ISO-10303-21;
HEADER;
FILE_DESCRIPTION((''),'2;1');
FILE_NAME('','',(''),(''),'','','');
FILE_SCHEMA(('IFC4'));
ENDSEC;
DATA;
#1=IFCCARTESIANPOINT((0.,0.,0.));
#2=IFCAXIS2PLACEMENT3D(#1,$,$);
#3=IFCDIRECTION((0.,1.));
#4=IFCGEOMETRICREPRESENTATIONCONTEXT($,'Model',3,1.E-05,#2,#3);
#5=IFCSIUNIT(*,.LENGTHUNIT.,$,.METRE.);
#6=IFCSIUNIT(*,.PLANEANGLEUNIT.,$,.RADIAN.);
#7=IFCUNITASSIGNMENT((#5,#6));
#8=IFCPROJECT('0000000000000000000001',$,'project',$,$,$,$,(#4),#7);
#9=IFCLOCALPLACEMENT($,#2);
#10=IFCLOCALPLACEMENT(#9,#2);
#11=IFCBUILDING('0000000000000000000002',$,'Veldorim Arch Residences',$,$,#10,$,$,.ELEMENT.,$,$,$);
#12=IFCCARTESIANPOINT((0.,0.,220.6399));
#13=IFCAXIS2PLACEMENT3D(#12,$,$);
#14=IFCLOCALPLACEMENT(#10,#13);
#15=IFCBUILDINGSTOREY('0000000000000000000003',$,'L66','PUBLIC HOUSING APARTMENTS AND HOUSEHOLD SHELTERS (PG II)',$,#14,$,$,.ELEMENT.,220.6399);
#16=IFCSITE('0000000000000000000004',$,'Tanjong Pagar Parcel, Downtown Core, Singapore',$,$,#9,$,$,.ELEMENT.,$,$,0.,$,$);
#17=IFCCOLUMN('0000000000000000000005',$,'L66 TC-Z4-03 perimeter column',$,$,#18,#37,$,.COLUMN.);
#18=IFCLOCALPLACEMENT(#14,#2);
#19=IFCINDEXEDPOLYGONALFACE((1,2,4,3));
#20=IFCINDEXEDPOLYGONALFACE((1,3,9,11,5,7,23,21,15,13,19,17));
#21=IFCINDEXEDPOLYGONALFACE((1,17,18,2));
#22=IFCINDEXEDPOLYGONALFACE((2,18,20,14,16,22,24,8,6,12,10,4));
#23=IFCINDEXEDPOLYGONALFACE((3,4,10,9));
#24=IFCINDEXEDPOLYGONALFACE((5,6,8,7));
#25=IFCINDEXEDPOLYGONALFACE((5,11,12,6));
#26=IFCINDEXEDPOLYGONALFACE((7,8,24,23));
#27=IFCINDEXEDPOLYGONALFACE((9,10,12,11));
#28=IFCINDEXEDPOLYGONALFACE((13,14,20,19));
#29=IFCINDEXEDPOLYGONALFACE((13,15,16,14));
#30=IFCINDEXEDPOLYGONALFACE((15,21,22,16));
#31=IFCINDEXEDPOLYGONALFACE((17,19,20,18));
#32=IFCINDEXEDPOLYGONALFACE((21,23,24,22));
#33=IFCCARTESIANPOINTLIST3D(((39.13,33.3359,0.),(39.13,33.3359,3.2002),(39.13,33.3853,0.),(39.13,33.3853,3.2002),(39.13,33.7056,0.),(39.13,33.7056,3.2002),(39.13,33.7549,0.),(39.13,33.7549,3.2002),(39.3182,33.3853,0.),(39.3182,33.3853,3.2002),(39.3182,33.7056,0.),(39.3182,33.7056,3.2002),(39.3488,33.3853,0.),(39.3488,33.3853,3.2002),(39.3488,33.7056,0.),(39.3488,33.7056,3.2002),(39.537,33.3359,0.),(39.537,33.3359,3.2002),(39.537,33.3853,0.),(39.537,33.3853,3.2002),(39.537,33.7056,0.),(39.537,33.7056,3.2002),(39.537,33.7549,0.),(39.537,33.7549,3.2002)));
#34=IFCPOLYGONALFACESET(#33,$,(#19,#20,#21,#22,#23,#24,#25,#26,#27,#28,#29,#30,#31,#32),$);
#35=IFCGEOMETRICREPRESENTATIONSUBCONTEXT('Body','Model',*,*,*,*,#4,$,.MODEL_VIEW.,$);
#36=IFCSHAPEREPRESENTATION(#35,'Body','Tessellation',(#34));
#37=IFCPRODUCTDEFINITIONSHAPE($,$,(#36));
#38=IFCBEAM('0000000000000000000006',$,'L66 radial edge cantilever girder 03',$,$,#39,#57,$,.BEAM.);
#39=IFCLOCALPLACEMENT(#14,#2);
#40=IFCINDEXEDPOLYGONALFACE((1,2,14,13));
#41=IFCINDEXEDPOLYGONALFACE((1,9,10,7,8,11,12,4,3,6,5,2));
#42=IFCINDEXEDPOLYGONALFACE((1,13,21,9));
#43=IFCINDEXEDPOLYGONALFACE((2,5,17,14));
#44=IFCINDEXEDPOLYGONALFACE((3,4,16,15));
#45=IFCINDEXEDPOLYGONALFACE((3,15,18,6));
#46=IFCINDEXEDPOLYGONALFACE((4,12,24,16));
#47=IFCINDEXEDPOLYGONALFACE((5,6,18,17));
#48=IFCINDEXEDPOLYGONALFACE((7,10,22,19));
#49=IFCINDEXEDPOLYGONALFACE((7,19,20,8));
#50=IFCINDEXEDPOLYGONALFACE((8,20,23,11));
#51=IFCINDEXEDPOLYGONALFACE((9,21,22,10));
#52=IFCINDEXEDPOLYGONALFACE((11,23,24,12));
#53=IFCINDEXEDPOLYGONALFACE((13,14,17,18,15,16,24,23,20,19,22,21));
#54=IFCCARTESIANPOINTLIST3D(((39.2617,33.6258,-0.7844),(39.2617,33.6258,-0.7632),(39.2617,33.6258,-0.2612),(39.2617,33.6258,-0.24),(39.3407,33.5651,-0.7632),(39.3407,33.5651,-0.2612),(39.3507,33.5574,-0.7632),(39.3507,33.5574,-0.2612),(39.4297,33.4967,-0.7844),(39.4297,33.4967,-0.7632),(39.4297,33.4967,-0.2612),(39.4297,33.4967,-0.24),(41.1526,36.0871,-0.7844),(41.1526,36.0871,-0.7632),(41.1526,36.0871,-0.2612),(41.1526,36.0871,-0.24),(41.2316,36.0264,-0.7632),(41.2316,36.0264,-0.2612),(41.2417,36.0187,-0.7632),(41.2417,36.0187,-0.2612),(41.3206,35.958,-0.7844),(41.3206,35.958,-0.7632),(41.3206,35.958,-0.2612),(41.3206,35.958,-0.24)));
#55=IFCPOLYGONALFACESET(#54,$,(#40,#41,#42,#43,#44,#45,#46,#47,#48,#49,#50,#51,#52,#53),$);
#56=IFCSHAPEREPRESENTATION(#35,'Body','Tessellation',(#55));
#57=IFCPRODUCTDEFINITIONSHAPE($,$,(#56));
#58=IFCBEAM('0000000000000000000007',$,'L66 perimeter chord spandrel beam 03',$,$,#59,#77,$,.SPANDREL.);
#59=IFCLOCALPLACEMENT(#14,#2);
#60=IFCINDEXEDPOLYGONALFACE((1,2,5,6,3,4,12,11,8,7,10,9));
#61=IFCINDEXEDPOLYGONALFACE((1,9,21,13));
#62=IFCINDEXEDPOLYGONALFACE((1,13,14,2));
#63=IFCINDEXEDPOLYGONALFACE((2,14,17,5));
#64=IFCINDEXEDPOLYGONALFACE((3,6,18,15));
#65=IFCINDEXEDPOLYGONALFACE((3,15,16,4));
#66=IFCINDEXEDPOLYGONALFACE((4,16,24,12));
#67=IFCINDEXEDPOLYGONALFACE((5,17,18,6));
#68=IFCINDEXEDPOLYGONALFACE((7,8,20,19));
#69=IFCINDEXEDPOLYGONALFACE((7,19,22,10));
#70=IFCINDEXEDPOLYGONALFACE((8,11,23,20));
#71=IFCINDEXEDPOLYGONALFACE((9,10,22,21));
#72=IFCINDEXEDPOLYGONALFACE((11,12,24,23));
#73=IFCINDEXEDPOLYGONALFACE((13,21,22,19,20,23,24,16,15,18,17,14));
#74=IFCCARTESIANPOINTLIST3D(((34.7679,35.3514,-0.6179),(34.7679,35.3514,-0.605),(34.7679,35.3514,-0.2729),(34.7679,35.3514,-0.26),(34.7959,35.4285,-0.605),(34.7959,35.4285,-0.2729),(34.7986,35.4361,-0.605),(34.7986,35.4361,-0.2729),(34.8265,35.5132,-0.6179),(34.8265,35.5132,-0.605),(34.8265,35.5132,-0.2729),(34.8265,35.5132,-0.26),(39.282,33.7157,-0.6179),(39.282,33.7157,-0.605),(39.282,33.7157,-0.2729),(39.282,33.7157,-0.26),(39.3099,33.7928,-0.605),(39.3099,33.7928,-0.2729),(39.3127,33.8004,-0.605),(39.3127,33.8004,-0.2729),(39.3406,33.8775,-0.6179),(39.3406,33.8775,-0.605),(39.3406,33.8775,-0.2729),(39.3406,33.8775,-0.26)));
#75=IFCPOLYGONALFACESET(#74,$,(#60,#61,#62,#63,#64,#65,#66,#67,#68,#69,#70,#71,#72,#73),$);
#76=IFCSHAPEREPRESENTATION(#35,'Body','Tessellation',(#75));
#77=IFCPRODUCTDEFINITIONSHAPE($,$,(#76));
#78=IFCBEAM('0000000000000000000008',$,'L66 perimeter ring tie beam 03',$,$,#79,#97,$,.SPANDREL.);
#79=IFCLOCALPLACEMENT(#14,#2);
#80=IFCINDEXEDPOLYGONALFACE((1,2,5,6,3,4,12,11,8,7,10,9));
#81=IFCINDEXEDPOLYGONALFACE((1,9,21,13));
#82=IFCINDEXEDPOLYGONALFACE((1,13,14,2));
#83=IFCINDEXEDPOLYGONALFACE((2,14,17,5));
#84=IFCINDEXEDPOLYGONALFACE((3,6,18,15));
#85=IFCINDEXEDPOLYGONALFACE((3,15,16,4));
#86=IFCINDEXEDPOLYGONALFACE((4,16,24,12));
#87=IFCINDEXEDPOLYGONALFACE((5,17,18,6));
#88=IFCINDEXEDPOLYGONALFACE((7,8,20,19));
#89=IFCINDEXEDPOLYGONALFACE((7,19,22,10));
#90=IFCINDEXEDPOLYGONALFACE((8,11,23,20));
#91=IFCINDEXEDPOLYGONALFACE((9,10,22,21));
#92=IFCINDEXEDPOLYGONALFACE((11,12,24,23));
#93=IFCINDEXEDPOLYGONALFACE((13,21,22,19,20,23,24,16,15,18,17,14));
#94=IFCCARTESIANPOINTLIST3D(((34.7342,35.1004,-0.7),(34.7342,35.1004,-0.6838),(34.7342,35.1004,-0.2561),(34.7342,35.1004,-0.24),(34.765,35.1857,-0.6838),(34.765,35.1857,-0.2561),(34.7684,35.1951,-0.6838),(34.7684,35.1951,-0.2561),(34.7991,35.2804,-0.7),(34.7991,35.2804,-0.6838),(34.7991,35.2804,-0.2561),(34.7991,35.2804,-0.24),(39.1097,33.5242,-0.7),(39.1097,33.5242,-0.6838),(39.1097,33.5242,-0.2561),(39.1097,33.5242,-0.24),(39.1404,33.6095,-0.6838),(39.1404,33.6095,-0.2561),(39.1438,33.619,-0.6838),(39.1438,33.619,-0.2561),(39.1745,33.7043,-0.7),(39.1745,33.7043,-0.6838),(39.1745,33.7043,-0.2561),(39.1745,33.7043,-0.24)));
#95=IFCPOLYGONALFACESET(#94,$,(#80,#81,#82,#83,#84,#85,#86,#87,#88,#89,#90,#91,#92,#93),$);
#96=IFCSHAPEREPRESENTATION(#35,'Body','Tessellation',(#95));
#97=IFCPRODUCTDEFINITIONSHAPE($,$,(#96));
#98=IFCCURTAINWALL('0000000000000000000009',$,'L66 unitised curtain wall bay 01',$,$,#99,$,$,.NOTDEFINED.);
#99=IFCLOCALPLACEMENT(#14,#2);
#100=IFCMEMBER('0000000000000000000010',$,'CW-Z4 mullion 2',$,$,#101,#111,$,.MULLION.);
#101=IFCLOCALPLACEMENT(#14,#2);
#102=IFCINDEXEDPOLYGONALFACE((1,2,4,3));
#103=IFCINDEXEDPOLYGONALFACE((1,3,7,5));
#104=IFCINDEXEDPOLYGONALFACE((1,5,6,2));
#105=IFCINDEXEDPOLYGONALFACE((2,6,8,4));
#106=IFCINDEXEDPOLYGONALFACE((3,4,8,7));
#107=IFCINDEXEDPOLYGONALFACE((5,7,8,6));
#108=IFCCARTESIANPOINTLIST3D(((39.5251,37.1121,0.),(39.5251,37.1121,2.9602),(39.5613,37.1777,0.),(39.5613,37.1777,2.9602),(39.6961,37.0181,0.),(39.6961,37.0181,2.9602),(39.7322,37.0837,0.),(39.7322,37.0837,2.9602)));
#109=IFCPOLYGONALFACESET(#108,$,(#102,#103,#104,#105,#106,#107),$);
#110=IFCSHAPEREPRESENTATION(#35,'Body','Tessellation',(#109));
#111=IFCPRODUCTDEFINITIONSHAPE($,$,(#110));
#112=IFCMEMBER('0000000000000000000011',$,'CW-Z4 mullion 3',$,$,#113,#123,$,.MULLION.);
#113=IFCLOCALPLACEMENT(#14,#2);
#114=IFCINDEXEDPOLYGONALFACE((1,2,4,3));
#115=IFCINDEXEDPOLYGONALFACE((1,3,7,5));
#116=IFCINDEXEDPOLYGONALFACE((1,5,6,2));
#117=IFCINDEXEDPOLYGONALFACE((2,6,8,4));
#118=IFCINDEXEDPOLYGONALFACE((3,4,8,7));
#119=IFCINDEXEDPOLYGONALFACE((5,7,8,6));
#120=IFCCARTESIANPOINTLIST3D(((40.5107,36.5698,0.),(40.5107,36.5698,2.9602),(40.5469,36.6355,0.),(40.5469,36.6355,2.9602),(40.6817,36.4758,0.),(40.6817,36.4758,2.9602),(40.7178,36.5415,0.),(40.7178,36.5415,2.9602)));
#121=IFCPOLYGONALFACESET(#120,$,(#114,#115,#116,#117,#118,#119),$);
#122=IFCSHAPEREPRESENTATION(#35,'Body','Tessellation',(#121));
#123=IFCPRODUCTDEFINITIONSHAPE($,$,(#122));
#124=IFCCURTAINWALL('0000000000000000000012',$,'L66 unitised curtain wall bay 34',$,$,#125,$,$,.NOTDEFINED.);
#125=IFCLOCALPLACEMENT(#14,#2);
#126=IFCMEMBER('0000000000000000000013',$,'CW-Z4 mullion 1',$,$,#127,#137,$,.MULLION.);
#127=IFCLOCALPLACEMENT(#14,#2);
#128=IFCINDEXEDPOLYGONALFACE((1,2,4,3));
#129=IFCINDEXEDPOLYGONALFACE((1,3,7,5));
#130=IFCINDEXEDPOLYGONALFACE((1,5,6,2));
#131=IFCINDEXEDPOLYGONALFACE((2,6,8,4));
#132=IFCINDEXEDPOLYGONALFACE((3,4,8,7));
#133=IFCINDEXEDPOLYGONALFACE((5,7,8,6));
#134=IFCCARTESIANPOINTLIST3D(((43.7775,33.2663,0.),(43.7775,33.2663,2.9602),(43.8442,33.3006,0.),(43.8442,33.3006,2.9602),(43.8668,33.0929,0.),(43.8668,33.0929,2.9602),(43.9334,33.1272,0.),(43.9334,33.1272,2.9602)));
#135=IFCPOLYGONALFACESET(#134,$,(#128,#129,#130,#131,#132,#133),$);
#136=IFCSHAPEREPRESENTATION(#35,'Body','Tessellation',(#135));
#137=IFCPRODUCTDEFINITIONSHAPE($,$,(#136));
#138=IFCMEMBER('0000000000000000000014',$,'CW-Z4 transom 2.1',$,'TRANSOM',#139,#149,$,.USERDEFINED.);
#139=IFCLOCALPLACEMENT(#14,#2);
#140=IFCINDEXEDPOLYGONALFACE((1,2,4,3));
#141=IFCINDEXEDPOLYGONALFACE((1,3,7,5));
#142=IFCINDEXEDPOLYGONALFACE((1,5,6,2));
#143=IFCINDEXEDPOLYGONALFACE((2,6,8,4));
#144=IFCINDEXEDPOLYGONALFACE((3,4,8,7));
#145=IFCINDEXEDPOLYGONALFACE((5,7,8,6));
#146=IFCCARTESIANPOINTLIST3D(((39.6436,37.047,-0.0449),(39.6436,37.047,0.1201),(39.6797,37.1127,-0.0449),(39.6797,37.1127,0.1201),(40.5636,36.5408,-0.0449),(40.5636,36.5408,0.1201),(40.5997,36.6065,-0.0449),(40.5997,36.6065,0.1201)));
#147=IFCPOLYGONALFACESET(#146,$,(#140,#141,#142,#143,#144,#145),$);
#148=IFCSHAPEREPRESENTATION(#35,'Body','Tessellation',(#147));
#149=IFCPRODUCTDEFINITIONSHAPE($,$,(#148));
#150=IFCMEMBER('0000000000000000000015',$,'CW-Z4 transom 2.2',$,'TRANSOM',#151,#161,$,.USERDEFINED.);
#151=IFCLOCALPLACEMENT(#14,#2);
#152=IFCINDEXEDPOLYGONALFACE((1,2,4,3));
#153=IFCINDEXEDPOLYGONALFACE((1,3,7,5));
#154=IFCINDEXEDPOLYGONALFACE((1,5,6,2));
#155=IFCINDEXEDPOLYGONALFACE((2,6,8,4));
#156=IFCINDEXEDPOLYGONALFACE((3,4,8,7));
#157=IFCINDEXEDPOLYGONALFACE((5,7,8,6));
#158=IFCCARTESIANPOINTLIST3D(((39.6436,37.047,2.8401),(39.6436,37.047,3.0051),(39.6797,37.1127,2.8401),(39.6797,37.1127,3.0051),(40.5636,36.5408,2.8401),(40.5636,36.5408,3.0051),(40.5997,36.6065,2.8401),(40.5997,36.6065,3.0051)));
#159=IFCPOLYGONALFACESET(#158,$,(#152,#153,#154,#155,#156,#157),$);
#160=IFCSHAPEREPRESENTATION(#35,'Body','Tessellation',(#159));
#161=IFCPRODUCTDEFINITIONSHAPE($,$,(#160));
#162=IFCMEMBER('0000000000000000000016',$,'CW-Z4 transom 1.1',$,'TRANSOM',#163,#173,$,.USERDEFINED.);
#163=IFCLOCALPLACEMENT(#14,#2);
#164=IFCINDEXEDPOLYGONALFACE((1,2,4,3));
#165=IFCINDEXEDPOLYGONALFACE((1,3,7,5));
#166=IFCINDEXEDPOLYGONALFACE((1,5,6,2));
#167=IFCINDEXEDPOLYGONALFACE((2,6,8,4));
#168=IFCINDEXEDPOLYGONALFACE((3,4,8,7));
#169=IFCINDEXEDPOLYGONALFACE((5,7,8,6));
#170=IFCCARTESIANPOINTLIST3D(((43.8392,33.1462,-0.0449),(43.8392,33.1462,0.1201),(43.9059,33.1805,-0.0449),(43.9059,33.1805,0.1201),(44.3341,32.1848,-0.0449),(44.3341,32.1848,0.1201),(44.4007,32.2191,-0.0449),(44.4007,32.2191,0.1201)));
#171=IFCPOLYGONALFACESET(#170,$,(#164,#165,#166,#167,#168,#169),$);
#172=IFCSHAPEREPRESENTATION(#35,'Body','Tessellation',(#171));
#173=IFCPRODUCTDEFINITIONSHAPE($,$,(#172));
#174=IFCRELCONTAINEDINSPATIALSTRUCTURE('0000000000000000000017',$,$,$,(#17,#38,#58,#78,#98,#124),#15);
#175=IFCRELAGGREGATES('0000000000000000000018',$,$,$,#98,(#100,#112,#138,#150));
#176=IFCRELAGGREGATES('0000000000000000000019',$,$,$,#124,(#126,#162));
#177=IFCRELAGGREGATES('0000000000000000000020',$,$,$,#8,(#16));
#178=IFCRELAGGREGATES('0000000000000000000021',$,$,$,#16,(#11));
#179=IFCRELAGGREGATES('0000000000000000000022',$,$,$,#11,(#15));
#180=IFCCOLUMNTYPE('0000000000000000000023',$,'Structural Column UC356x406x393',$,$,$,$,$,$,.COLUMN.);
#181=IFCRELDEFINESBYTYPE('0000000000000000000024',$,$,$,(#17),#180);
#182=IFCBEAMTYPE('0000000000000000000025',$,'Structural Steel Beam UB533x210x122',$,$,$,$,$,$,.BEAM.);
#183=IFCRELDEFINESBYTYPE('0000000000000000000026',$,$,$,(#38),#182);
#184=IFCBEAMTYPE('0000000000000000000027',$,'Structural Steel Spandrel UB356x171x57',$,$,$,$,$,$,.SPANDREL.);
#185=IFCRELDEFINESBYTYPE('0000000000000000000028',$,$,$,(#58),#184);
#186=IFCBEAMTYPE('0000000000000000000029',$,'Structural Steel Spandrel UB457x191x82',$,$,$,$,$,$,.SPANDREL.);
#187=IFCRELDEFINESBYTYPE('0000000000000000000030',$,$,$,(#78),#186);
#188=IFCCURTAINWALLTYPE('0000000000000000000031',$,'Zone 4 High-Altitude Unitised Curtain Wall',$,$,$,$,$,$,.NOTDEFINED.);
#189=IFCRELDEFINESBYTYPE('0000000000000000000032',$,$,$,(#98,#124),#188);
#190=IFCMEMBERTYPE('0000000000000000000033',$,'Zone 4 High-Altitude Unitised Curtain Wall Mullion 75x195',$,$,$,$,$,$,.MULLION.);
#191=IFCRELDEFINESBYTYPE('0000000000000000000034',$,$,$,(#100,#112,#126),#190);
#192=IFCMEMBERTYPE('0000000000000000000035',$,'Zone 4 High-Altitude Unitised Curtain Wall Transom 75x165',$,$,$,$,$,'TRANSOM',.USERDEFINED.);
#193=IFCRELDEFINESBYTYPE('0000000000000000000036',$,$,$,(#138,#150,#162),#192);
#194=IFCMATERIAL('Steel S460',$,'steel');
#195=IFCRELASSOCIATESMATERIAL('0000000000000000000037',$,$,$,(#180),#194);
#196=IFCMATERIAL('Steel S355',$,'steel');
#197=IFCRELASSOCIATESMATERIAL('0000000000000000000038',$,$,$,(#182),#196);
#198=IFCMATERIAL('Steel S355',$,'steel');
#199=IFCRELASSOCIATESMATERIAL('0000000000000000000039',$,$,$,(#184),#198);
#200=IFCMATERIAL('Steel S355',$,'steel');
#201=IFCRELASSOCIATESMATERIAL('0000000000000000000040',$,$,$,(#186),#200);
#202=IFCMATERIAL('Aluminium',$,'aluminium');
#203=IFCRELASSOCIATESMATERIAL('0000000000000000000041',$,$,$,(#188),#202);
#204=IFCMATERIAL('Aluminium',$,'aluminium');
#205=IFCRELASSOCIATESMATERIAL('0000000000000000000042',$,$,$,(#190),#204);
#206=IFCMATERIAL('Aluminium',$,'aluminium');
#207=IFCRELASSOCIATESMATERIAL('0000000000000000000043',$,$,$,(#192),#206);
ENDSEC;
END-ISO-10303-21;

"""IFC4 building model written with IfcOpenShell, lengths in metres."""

from ifc_helpers import new_model, si_unit, direction, frame, origin, origin_2d, place, context, subcontext, project, spatial, rectangle, i_section, extrude, material, material_profile, profile_set, type_object, element, aggregate, save


model = new_model("IFC4")

# Units and contexts
model_context = context("Model", 3, precision=1e-05, world=origin(), true_north=direction((0.0, 1.0)))
body_context = subcontext(model_context, "Body", "Model", "MODEL_VIEW")
ifc_project = project(units=[si_unit("LENGTHUNIT", "METRE"), si_unit("PLANEANGLEUNIT", "RADIAN")], contexts=[model_context])

# Site, building, storey
site_placement = place(None, origin())
site = spatial("IfcSite", under=ifc_project, at=site_placement, Name="Tanjong Pagar Parcel, Downtown Core, Singapore", CompositionType="ELEMENT", RefElevation=0.0)
building_placement = place(site_placement, origin())
building = spatial("IfcBuilding", under=site, at=building_placement, Name="Veldorim Arch Residences", CompositionType="ELEMENT")
storey_placement = place(building_placement, frame((0.0, 0.0, 220.6399)))
storey = spatial("IfcBuildingStorey", under=building, at=storey_placement, Name="L66", Description="PUBLIC HOUSING APARTMENTS AND HOUSEHOLD SHELTERS (PG II)", CompositionType="ELEMENT", Elevation=220.6399)

# Column
ifc_material_1 = material(Name="Steel S460", Category="steel")
ifc_material_profile_1 = material_profile(ifc_material_1, i_section(OverallWidth=0.407, OverallDepth=0.4189, WebThickness=0.0305, FlangeThickness=0.0493, at=origin_2d()), Name="UC356x406x393")
ifc_profile_set_1 = profile_set([ifc_material_profile_1], Name="Steel S460")
column_type = type_object("IfcColumnType", Name="Structural Column UC356x406x393", PredefinedType="COLUMN", material=ifc_profile_set_1)
column_placement = place(storey_placement, frame((39.3335, 33.5454, 0.0), z_axis=(0.0, 0.0, 1.0), x_axis=(1.0, 0.0, 0.0)))
element("IfcColumn", 1, at=column_placement, inside=storey, type_object=column_type, Name="L66 TC-Z4-03 perimeter column", PredefinedType="COLUMN", context=body_context, shape_type="SweptSolid", body=[
    extrude(i_section(OverallWidth=0.407, OverallDepth=0.4189, WebThickness=0.0305, FlangeThickness=0.0493, at=origin_2d()), origin(), (0.0, 0.0, 1.0), 3.2002),
])

# Beams
ifc_material_2 = material(Name="Steel S355", Category="steel")
ifc_material_profile_2 = material_profile(ifc_material_2, i_section(OverallWidth=0.2119, OverallDepth=0.5444, WebThickness=0.0127, FlangeThickness=0.0212, at=origin_2d()), Name="UB533x210x122")
ifc_profile_set_2 = profile_set([ifc_material_profile_2], Name="Steel S355")
beam_type_1 = type_object("IfcBeamType", Name="Structural Steel Beam UB533x210x122", PredefinedType="BEAM", material=ifc_profile_set_2)
beam_1_placement = place(storey_placement, frame((39.3457, 33.5613, -0.5122), z_axis=(0.609235, 0.792989, 0.0), x_axis=(-0.792989, 0.609235, 0.0)))
element("IfcBeam", 2, at=beam_1_placement, inside=storey, type_object=beam_type_1, Name="L66 radial edge cantilever girder 03", PredefinedType="BEAM", context=body_context, shape_type="SweptSolid", body=[
    extrude(i_section(OverallWidth=0.2119, OverallDepth=0.5444, WebThickness=0.0127, FlangeThickness=0.0212, at=origin_2d()), origin(), (0.0, 0.0, 1.0), 3.1038),
])
ifc_material_3 = material(Name="Steel S355", Category="steel")
ifc_material_profile_3 = material_profile(ifc_material_3, i_section(OverallWidth=0.1721, OverallDepth=0.3579, WebThickness=0.0081, FlangeThickness=0.0129, at=origin_2d()), Name="UB356x171x57")
ifc_profile_set_3 = profile_set([ifc_material_profile_3], Name="Steel S355")
beam_type_2 = type_object("IfcBeamType", Name="Structural Steel Spandrel UB356x171x57", PredefinedType="SPANDREL", material=ifc_profile_set_3)
beam_2_placement = place(storey_placement, frame((39.3113, 33.7966, -0.439), z_axis=(-0.940179, 0.340681, 0.0), x_axis=(-0.340681, -0.940179, 0.0)))
element("IfcBeam", 3, at=beam_2_placement, inside=storey, type_object=beam_type_2, Name="L66 perimeter chord spandrel beam 03", PredefinedType="SPANDREL", context=body_context, shape_type="SweptSolid", body=[
    extrude(i_section(OverallWidth=0.1721, OverallDepth=0.3579, WebThickness=0.0081, FlangeThickness=0.0129, at=origin_2d()), origin(), (0.0, 0.0, 1.0), 4.8013),
])
ifc_material_4 = material(Name="Steel S355", Category="steel")
ifc_material_profile_4 = material_profile(ifc_material_4, i_section(OverallWidth=0.1914, OverallDepth=0.46, WebThickness=0.01, FlangeThickness=0.0161, at=origin_2d()), Name="UB457x191x82")
ifc_profile_set_4 = profile_set([ifc_material_profile_4], Name="Steel S355")
beam_type_3 = type_object("IfcBeamType", Name="Structural Steel Spandrel UB457x191x82", PredefinedType="SPANDREL", material=ifc_profile_set_4)
beam_3_placement = place(storey_placement, frame((39.1421, 33.6143, -0.47), z_axis=(-0.940819, 0.338909, 0.0), x_axis=(-0.338909, -0.940819, 0.0)))
element("IfcBeam", 4, at=beam_3_placement, inside=storey, type_object=beam_type_3, Name="L66 perimeter ring tie beam 03", PredefinedType="SPANDREL", context=body_context, shape_type="SweptSolid", body=[
    extrude(i_section(OverallWidth=0.1914, OverallDepth=0.46, WebThickness=0.01, FlangeThickness=0.0161, at=origin_2d()), origin(), (0.0, 0.0, 1.0), 4.6506),
])

# Curtain wall, members
ifc_material_5 = material(Name="Aluminium", Category="aluminium")
curtain_wall_type = type_object("IfcCurtainWallType", Name="Zone 4 High-Altitude Unitised Curtain Wall", PredefinedType="NOTDEFINED", material=ifc_material_5)
curtain_wall_1_placement = place(storey_placement, origin())
curtain_wall_1 = element("IfcCurtainWall", 5, at=curtain_wall_1_placement, inside=storey, type_object=curtain_wall_type, Name="L66 unitised curtain wall bay 01", PredefinedType="NOTDEFINED")
ifc_material_6 = material(Name="Aluminium", Category="aluminium")
ifc_material_profile_5 = material_profile(ifc_material_6, rectangle(XDim=0.075, YDim=0.1951, at=origin_2d()), Name="ALU_MUL_75x195")
ifc_profile_set_5 = profile_set([ifc_material_profile_5], Name="Aluminium")
member_type_1 = type_object("IfcMemberType", Name="Zone 4 High-Altitude Unitised Curtain Wall Mullion 75x195", PredefinedType="MULLION", material=ifc_profile_set_5)
member_1_placement = place(storey_placement, frame((39.6287, 37.0979, 0.0), z_axis=(0.0, 0.0, 1.0), x_axis=(0.481953, 0.876197, 0.0)))
member_1 = element("IfcMember", 6, at=member_1_placement, type_object=member_type_1, Name="CW-Z4 mullion 2", PredefinedType="MULLION", context=body_context, shape_type="SweptSolid", body=[
    extrude(rectangle(XDim=0.075, YDim=0.1951, at=origin_2d()), origin(), (0.0, 0.0, 1.0), 2.9602),
])
member_2_placement = place(storey_placement, frame((40.6143, 36.5557, 0.0), z_axis=(0.0, 0.0, 1.0), x_axis=(0.481953, 0.876197, 0.0)))
member_2 = element("IfcMember", 7, at=member_2_placement, type_object=member_type_1, Name="CW-Z4 mullion 3", PredefinedType="MULLION", context=body_context, shape_type="SweptSolid", body=[
    extrude(rectangle(XDim=0.075, YDim=0.1951, at=origin_2d()), origin(), (0.0, 0.0, 1.0), 2.9602),
])

# Curtain wall, member
curtain_wall_2_placement = place(storey_placement, origin())
curtain_wall_2 = element("IfcCurtainWall", 8, at=curtain_wall_2_placement, inside=storey, type_object=curtain_wall_type, Name="L66 unitised curtain wall bay 34", PredefinedType="NOTDEFINED")
member_3_placement = place(storey_placement, frame((43.8555, 33.1968, 0.0), z_axis=(0.0, 0.0, 1.0), x_axis=(0.889131, 0.457653, 0.0)))
member_3 = element("IfcMember", 9, at=member_3_placement, type_object=member_type_1, Name="CW-Z4 mullion 1", PredefinedType="MULLION", context=body_context, shape_type="SweptSolid", body=[
    extrude(rectangle(XDim=0.075, YDim=0.1951, at=origin_2d()), origin(), (0.0, 0.0, 1.0), 2.9602),
])

# Members
ifc_material_7 = material(Name="Aluminium", Category="aluminium")
ifc_material_profile_6 = material_profile(ifc_material_7, rectangle(XDim=0.075, YDim=0.165, at=origin_2d()), Name="ALU_TRN_75x165")
ifc_profile_set_6 = profile_set([ifc_material_profile_6], Name="Aluminium")
member_type_2 = type_object("IfcMemberType", Name="Zone 4 High-Altitude Unitised Curtain Wall Transom 75x165", ElementType="TRANSOM", PredefinedType="USERDEFINED", material=ifc_profile_set_6)
member_4_placement = place(storey_placement, frame((39.6616, 37.0798, 0.0376), z_axis=(0.876157, -0.482026, 0.0), x_axis=(0.482026, 0.876157, 0.0)))
member_4 = element("IfcMember", 10, at=member_4_placement, type_object=member_type_2, Name="CW-Z4 transom 2.1", ObjectType="TRANSOM", PredefinedType="USERDEFINED", context=body_context, shape_type="SweptSolid", body=[
    extrude(rectangle(XDim=0.075, YDim=0.165, at=origin_2d()), origin(), (0.0, 0.0, 1.0), 1.05),
])
member_5_placement = place(storey_placement, frame((39.6616, 37.0798, 2.9226), z_axis=(0.876157, -0.482026, 0.0), x_axis=(0.482026, 0.876157, 0.0)))
member_5 = element("IfcMember", 11, at=member_5_placement, type_object=member_type_2, Name="CW-Z4 transom 2.2", ObjectType="TRANSOM", PredefinedType="USERDEFINED", context=body_context, shape_type="SweptSolid", body=[
    extrude(rectangle(XDim=0.075, YDim=0.165, at=origin_2d()), origin(), (0.0, 0.0, 1.0), 1.05),
])
member_6_placement = place(storey_placement, frame((43.8726, 33.1633, 0.0376), z_axis=(0.457659, -0.889128, 0.0), x_axis=(0.889128, 0.457659, 0.0)))
member_6 = element("IfcMember", 12, at=member_6_placement, type_object=member_type_2, Name="CW-Z4 transom 1.1", ObjectType="TRANSOM", PredefinedType="USERDEFINED", context=body_context, shape_type="SweptSolid", body=[
    extrude(rectangle(XDim=0.075, YDim=0.165, at=origin_2d()), origin(), (0.0, 0.0, 1.0), 1.0813),
])

aggregate(curtain_wall_1, [member_1, member_2, member_4, member_5])
aggregate(curtain_wall_2, [member_3, member_6])

save(model, "model.ifc")
